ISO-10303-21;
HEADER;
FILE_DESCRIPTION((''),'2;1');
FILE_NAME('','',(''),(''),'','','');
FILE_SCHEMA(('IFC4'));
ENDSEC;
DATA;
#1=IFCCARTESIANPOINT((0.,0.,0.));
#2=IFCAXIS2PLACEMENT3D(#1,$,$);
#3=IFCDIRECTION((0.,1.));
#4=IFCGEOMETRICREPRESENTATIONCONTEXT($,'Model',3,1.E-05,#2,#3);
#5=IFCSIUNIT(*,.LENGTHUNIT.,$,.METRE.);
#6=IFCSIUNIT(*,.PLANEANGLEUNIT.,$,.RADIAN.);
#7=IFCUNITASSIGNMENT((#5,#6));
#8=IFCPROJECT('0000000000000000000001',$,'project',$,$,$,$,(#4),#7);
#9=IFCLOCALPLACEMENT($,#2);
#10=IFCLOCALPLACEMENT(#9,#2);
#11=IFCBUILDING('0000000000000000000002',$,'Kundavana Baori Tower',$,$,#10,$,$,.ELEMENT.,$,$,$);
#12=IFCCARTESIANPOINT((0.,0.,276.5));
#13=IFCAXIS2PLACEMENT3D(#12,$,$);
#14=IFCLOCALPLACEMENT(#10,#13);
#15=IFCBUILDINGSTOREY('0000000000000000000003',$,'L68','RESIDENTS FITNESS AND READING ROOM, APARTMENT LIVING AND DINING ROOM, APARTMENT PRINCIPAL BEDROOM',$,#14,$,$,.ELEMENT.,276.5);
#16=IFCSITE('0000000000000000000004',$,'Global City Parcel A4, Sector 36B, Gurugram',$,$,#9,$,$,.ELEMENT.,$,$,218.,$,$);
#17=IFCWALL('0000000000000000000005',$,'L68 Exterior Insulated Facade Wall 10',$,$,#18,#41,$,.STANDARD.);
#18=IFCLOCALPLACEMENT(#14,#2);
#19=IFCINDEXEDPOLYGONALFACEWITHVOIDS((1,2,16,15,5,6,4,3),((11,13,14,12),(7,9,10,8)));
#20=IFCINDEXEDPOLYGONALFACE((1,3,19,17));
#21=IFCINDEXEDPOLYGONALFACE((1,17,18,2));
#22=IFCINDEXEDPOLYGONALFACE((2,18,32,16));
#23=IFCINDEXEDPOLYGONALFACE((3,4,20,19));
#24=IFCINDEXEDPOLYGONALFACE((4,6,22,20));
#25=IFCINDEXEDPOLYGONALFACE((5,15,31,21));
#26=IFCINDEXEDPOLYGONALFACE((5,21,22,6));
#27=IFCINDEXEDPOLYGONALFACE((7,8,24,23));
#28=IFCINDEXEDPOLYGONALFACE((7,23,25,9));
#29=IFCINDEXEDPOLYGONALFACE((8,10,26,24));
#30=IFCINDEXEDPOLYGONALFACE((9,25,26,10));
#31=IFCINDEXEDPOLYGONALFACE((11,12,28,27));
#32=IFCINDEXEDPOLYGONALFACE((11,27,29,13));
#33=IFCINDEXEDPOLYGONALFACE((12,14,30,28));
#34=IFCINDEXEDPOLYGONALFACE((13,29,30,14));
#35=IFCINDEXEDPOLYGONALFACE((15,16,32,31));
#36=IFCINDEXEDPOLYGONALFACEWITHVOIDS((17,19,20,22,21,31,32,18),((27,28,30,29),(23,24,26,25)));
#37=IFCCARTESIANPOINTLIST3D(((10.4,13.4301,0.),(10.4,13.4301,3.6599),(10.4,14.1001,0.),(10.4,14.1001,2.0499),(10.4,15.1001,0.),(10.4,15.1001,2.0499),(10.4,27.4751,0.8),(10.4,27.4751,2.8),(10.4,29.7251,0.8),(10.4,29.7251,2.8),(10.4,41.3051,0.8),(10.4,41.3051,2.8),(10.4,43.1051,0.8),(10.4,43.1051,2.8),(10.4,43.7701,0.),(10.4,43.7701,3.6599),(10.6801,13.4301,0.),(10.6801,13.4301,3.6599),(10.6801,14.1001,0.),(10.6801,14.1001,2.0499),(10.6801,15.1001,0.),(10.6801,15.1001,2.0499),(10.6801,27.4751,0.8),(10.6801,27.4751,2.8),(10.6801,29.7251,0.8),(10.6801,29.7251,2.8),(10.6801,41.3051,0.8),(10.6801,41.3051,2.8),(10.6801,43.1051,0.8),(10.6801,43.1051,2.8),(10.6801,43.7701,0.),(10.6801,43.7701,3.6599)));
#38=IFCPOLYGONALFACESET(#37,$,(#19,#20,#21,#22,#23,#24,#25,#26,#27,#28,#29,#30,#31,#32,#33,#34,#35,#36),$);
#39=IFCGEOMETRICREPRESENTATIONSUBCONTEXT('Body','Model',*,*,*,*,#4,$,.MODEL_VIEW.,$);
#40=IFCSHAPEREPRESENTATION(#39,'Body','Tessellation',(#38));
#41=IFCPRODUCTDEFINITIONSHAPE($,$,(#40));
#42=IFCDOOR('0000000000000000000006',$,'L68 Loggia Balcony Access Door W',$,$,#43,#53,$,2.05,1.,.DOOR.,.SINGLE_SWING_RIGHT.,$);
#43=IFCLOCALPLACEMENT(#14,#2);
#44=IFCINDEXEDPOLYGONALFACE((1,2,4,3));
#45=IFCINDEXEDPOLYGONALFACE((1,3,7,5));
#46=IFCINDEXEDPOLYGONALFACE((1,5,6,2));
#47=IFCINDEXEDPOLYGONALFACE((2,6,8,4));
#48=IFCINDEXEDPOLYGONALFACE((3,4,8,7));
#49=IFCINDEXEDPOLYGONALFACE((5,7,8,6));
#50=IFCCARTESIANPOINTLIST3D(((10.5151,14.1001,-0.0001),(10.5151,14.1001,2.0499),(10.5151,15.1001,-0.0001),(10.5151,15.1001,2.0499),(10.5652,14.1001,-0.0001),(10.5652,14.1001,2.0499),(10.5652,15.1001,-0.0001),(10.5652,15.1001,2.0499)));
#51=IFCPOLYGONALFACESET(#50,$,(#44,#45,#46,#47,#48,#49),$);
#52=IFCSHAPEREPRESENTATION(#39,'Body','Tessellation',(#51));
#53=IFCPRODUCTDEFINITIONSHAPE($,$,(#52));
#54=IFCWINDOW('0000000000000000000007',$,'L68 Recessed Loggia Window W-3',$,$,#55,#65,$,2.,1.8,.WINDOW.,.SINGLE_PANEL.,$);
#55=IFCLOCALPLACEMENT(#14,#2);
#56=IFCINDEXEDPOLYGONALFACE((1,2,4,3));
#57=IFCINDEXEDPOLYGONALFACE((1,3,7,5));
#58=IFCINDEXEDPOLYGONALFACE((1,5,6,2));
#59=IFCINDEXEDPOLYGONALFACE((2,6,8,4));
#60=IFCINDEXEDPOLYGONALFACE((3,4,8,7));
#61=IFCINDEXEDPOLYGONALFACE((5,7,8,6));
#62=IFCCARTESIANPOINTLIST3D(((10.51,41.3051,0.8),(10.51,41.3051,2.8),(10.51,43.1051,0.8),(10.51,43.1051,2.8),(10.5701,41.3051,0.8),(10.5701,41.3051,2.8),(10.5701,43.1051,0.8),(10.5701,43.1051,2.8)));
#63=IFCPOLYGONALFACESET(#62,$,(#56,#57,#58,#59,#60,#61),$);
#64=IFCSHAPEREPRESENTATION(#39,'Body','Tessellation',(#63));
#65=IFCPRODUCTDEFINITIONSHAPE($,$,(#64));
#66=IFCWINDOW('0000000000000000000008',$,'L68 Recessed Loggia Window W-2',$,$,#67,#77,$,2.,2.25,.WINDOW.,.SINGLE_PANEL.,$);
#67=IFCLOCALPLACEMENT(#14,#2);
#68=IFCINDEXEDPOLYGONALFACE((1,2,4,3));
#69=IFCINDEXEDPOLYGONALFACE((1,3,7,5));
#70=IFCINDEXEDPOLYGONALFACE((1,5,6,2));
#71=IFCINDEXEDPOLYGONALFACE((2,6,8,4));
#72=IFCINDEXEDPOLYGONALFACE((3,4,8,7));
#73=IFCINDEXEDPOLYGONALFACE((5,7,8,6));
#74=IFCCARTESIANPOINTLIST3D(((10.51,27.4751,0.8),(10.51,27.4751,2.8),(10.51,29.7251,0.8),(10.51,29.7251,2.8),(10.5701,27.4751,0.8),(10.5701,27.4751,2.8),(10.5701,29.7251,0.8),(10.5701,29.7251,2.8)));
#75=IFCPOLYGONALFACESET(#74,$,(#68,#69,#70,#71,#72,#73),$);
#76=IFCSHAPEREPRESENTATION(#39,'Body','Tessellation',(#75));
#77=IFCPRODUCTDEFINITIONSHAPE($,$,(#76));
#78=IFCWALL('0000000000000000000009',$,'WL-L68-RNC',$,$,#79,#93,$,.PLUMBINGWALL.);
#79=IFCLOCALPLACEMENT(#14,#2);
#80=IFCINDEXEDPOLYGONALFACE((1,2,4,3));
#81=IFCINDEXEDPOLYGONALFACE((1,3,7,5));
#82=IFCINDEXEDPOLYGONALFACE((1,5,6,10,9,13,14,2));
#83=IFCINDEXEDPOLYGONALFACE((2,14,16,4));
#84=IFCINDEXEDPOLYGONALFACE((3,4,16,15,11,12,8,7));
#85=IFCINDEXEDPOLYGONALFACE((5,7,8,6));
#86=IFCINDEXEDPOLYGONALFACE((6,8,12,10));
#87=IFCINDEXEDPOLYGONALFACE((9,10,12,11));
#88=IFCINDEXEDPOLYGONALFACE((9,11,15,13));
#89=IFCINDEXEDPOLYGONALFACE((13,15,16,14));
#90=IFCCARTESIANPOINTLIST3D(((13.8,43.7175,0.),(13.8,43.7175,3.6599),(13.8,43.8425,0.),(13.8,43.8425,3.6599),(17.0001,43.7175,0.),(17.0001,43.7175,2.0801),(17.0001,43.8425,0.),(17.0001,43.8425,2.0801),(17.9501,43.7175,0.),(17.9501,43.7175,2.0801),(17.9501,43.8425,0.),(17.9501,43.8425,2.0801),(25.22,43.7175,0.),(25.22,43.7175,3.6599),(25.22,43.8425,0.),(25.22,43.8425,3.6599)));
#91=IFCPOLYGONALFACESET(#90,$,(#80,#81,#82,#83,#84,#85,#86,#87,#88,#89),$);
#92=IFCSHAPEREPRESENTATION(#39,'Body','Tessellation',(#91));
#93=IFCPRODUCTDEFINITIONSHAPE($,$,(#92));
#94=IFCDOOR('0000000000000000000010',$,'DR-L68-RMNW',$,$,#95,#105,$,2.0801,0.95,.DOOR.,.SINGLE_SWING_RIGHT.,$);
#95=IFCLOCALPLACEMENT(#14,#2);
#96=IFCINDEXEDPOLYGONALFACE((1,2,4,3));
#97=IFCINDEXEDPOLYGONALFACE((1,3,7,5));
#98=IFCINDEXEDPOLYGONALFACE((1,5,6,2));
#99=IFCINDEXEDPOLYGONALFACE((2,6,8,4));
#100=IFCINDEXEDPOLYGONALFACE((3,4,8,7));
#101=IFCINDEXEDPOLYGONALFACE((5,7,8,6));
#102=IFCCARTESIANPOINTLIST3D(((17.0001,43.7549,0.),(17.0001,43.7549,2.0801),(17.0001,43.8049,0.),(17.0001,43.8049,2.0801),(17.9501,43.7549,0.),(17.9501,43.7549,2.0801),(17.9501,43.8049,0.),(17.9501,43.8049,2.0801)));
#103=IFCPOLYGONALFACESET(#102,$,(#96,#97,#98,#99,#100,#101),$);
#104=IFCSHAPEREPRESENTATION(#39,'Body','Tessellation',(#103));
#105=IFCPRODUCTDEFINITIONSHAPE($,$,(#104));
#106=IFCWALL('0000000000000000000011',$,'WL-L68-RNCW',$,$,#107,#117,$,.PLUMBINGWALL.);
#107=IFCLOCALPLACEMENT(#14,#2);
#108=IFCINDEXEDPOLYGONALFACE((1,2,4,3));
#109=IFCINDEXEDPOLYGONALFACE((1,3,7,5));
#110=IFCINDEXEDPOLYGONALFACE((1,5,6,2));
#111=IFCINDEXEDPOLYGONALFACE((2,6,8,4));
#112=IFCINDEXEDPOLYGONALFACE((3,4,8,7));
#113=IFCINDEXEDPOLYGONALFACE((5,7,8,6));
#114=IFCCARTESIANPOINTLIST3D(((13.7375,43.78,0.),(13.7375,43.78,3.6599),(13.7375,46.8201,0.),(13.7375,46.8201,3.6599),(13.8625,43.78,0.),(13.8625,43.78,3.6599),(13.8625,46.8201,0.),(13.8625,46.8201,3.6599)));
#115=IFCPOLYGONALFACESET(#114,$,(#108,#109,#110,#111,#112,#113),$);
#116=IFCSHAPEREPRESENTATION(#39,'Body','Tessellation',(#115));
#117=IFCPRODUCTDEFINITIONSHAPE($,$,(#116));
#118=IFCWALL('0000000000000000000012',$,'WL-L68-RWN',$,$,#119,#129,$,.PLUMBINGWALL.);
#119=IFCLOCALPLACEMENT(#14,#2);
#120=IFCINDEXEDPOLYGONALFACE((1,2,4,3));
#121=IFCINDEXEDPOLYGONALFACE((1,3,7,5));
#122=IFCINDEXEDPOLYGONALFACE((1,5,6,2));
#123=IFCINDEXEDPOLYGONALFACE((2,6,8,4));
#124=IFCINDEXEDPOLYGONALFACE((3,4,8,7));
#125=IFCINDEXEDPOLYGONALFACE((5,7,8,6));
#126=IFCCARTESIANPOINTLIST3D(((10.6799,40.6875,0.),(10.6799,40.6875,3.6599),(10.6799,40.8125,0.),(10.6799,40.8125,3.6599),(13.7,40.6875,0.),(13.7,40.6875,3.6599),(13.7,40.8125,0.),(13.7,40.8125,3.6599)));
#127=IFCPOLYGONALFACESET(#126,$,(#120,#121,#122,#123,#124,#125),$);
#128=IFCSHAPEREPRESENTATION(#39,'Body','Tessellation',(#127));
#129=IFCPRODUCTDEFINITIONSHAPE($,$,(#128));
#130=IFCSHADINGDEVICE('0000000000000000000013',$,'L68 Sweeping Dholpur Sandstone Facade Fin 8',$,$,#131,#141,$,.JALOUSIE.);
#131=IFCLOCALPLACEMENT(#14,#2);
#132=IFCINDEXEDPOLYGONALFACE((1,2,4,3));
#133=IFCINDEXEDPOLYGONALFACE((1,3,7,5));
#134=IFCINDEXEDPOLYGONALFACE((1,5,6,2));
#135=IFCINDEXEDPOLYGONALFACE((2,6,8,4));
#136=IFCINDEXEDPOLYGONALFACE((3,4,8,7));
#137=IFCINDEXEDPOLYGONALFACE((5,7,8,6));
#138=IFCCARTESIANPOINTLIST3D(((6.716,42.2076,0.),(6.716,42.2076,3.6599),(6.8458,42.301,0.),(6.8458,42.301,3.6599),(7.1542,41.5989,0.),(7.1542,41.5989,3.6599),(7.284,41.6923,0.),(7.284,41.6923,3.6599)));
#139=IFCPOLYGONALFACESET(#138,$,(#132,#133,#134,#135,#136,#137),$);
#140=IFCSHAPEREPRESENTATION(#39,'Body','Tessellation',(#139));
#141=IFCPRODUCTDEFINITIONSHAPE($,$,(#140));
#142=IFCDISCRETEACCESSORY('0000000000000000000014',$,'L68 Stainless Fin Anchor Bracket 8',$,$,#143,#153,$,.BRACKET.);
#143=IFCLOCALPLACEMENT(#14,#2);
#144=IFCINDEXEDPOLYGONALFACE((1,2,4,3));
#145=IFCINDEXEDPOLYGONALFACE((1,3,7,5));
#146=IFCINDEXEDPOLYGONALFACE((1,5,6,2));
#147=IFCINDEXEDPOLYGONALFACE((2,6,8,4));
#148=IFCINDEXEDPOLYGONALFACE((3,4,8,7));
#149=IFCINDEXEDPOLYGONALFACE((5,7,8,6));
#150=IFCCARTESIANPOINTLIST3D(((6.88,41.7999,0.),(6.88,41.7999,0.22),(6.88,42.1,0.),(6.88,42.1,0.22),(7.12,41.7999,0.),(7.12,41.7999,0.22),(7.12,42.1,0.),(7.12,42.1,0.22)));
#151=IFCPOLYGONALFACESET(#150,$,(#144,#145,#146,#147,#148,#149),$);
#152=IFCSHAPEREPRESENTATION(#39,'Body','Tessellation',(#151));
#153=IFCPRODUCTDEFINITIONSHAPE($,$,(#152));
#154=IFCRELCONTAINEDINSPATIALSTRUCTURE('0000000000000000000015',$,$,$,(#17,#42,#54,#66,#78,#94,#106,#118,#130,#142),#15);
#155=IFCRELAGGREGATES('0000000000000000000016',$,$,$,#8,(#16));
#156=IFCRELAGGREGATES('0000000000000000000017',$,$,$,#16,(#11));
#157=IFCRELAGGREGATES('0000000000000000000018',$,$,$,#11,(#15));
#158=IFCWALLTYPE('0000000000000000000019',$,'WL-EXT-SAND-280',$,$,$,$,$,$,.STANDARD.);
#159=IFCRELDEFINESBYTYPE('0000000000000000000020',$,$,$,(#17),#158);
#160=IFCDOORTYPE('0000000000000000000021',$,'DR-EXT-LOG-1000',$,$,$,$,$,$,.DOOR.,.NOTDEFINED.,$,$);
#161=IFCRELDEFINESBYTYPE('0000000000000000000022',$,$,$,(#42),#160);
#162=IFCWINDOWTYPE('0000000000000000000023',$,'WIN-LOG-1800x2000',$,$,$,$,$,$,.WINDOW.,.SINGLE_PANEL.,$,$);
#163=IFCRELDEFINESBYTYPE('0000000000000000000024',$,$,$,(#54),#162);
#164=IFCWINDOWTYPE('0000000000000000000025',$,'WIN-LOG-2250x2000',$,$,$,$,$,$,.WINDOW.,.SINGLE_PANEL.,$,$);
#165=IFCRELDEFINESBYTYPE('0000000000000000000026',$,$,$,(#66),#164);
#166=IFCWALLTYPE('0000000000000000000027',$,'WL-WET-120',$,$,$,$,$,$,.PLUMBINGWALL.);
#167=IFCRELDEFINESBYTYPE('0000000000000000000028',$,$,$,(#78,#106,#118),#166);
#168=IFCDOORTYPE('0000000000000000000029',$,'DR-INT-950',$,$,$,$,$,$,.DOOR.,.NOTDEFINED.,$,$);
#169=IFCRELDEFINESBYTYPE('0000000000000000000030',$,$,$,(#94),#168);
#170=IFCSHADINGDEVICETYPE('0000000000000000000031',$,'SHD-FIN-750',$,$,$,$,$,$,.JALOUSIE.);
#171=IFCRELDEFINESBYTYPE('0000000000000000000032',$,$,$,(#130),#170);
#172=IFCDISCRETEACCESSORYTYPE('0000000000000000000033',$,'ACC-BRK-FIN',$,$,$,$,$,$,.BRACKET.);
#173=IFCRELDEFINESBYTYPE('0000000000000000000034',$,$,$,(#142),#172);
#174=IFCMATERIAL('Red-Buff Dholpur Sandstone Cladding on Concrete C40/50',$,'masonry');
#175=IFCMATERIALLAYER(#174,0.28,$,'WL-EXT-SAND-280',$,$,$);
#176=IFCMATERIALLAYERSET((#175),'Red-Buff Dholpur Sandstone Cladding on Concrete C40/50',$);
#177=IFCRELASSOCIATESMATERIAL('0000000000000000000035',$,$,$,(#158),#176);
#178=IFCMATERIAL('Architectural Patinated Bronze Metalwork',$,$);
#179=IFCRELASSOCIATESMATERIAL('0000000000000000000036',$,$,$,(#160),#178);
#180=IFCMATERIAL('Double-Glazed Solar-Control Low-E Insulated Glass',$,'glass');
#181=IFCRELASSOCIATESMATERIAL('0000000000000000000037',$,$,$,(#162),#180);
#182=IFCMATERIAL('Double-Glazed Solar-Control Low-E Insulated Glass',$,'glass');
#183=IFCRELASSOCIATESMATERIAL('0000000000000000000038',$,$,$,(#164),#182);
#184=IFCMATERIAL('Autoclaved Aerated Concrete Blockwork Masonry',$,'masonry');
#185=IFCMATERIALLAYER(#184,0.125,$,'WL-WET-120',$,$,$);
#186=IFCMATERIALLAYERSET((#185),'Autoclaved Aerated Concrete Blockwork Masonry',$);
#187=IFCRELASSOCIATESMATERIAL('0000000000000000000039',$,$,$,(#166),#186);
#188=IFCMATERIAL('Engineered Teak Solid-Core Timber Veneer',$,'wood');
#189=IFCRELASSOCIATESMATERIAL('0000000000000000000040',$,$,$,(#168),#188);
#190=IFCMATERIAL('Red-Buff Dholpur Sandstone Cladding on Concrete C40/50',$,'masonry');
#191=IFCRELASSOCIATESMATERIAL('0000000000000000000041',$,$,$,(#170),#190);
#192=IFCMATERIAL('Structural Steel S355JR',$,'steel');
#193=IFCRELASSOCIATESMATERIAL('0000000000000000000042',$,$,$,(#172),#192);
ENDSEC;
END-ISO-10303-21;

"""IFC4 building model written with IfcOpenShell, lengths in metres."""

from ifc_helpers import new_model, si_unit, direction, frame, frame_2d, origin, origin_2d, place, context, subcontext, project, spatial, rectangle, extrude, material, layer, layer_set, type_object, element, fill, save


model = new_model("IFC4")

# Units and contexts
model_context = context("Model", 3, precision=1e-05, world=origin(), true_north=direction((0.0, 1.0)))
body_context = subcontext(model_context, "Body", "Model", "MODEL_VIEW")
ifc_project = project(units=[si_unit("LENGTHUNIT", "METRE"), si_unit("PLANEANGLEUNIT", "RADIAN")], contexts=[model_context])

# Site, building, storey
site_placement = place(None, origin())
site = spatial("IfcSite", under=ifc_project, at=site_placement, Name="Global City Parcel A4, Sector 36B, Gurugram", CompositionType="ELEMENT", RefElevation=218.0)
building_placement = place(site_placement, origin())
building = spatial("IfcBuilding", under=site, at=building_placement, Name="Kundavana Baori Tower", CompositionType="ELEMENT")
storey_placement = place(building_placement, frame((0.0, 0.0, 276.5)))
storey = spatial("IfcBuildingStorey", under=building, at=storey_placement, Name="L68", Description="RESIDENTS FITNESS AND READING ROOM, APARTMENT LIVING AND DINING ROOM, APARTMENT PRINCIPAL BEDROOM", CompositionType="ELEMENT", Elevation=276.5)

# Shared definitions
ifc_material_1 = material(Name="Red-Buff Dholpur Sandstone Cladding on Concrete C40/50", Category="masonry")
ifc_layer_1 = layer(ifc_material_1, 0.28, Name="WL-EXT-SAND-280")
ifc_layer_set_1 = layer_set([ifc_layer_1], Name="Red-Buff Dholpur Sandstone Cladding on Concrete C40/50")
wall_type_1 = type_object("IfcWallType", Name="WL-EXT-SAND-280", PredefinedType="STANDARD", material=ifc_layer_set_1)

# Wall, openings, door, windows
wall_1_placement = place(storey_placement, frame((10.54, 43.77, 0.0), z_axis=(0.0, 0.0, 1.0), x_axis=(0.0, -1.0, 0.0)))
wall_1 = element("IfcWall", 1, at=wall_1_placement, inside=storey, type_object=wall_type_1, Name="L68 Exterior Insulated Facade Wall 10", PredefinedType="STANDARD", context=body_context, shape_type="SweptSolid", body=[
    extrude(rectangle(XDim=30.3401, YDim=0.28, at=frame_2d((15.1699, 0.0))), origin(), (0.0, 0.0, 1.0), 3.6599),
])
opening_1_placement = place(wall_1_placement, frame((28.6699, 0.0, 0.0)))
opening_1 = element("IfcOpeningElement", 2, at=opening_1_placement, cuts=wall_1, PredefinedType="OPENING", context=body_context, shape_type="SweptSolid", body=[
    extrude(rectangle(XDim=1.0, YDim=2.05, at=frame_2d((0.5, 1.0249))), frame((0.0, 0.1499, 0.0), z_axis=(0.0, -1.0, 0.0), x_axis=(1.0, 0.0, 0.0)), (0.0, 0.0, 1.0), 0.3),
])
opening_2_placement = place(wall_1_placement, frame((14.0449, 0.0, 0.8)))
opening_2 = element("IfcOpeningElement", 3, at=opening_2_placement, cuts=wall_1, PredefinedType="OPENING", context=body_context, shape_type="SweptSolid", body=[
    extrude(rectangle(XDim=2.25, YDim=2.0, at=frame_2d((1.125, 1.0))), frame((0.0, 0.1499, 0.0), z_axis=(0.0, -1.0, 0.0), x_axis=(1.0, 0.0, 0.0)), (0.0, 0.0, 1.0), 0.3),
])
opening_3_placement = place(wall_1_placement, frame((0.665, 0.0, 0.8)))
opening_3 = element("IfcOpeningElement", 4, at=opening_3_placement, cuts=wall_1, PredefinedType="OPENING", context=body_context, shape_type="SweptSolid", body=[
    extrude(rectangle(XDim=1.8, YDim=2.0, at=frame_2d((0.8999, 1.0))), frame((0.0, 0.1499, 0.0), z_axis=(0.0, -1.0, 0.0), x_axis=(1.0, 0.0, 0.0)), (0.0, 0.0, 1.0), 0.3),
])
ifc_material_2 = material(Name="Architectural Patinated Bronze Metalwork")
door_type_1 = type_object("IfcDoorType", Name="DR-EXT-LOG-1000", OperationType="NOTDEFINED", PredefinedType="DOOR", material=ifc_material_2)
door_1_placement = place(opening_1_placement, frame((1.0, 0.0, 0.0), z_axis=(0.0, 0.0, 1.0), x_axis=(-1.0, 0.0, 0.0)))
door_1 = element("IfcDoor", 5, at=door_1_placement, inside=storey, type_object=door_type_1, Name="L68 Loggia Balcony Access Door W", OperationType="SINGLE_SWING_RIGHT", OverallHeight=2.05, OverallWidth=1.0, PredefinedType="DOOR", context=body_context, shape_type="SweptSolid", body=[
    extrude(rectangle(XDim=1.0, YDim=2.05, at=frame_2d((0.5, 1.0249))), frame((0.0, 0.0249, 0.0), z_axis=(0.0, -1.0, 0.0), x_axis=(1.0, 0.0, 0.0)), (0.0, 0.0, 1.0), 0.05),
])
fill(opening_1, door_1)
ifc_material_3 = material(Name="Double-Glazed Solar-Control Low-E Insulated Glass", Category="glass")
window_type_1 = type_object("IfcWindowType", Name="WIN-LOG-1800x2000", PartitioningType="SINGLE_PANEL", PredefinedType="WINDOW", material=ifc_material_3)
window_1_placement = place(opening_3_placement, origin())
window_1 = element("IfcWindow", 6, at=window_1_placement, inside=storey, type_object=window_type_1, Name="L68 Recessed Loggia Window W-3", OverallHeight=2.0, OverallWidth=1.8, PartitioningType="SINGLE_PANEL", PredefinedType="WINDOW", context=body_context, shape_type="SweptSolid", body=[
    extrude(rectangle(XDim=1.8, YDim=2.0, at=frame_2d((0.8999, 1.0))), frame((0.0, 0.03, 0.0), z_axis=(0.0, -1.0, 0.0), x_axis=(1.0, 0.0, 0.0)), (0.0, 0.0, 1.0), 0.0601),
])
fill(opening_3, window_1)
ifc_material_4 = material(Name="Double-Glazed Solar-Control Low-E Insulated Glass", Category="glass")
window_type_2 = type_object("IfcWindowType", Name="WIN-LOG-2250x2000", PartitioningType="SINGLE_PANEL", PredefinedType="WINDOW", material=ifc_material_4)
window_2_placement = place(opening_2_placement, origin())
window_2 = element("IfcWindow", 7, at=window_2_placement, inside=storey, type_object=window_type_2, Name="L68 Recessed Loggia Window W-2", OverallHeight=2.0, OverallWidth=2.25, PartitioningType="SINGLE_PANEL", PredefinedType="WINDOW", context=body_context, shape_type="SweptSolid", body=[
    extrude(rectangle(XDim=2.25, YDim=2.0, at=frame_2d((1.125, 1.0))), frame((0.0, 0.03, 0.0), z_axis=(0.0, -1.0, 0.0), x_axis=(1.0, 0.0, 0.0)), (0.0, 0.0, 1.0), 0.0601),
])
fill(opening_2, window_2)

# Wall, opening, door
ifc_material_5 = material(Name="Autoclaved Aerated Concrete Blockwork Masonry", Category="masonry")
ifc_layer_2 = layer(ifc_material_5, 0.125, Name="WL-WET-120")
ifc_layer_set_2 = layer_set([ifc_layer_2], Name="Autoclaved Aerated Concrete Blockwork Masonry")
wall_type_2 = type_object("IfcWallType", Name="WL-WET-120", PredefinedType="PLUMBINGWALL", material=ifc_layer_set_2)
wall_2_placement = place(storey_placement, frame((13.8, 43.78, 0.0), z_axis=(0.0, 0.0, 1.0), x_axis=(1.0, 0.0, 0.0)))
wall_2 = element("IfcWall", 8, at=wall_2_placement, inside=storey, type_object=wall_type_2, Name="WL-L68-RNC", PredefinedType="PLUMBINGWALL", context=body_context, shape_type="SweptSolid", body=[
    extrude(rectangle(XDim=11.4199, YDim=0.125, at=frame_2d((5.71, 0.0))), origin(), (0.0, 0.0, 1.0), 3.6599),
])
opening_4_placement = place(wall_2_placement, frame((3.2, 0.0, 0.0)))
opening_4 = element("IfcOpeningElement", 9, at=opening_4_placement, cuts=wall_2, PredefinedType="OPENING", context=body_context, shape_type="SweptSolid", body=[
    extrude(rectangle(XDim=0.95, YDim=2.0801, at=frame_2d((0.4751, 1.04))), frame((0.0, 0.0725, 0.0), z_axis=(0.0, -1.0, 0.0), x_axis=(1.0, 0.0, 0.0)), (0.0, 0.0, 1.0), 0.145),
])
ifc_material_6 = material(Name="Engineered Teak Solid-Core Timber Veneer", Category="wood")
door_type_2 = type_object("IfcDoorType", Name="DR-INT-950", OperationType="NOTDEFINED", PredefinedType="DOOR", material=ifc_material_6)
door_2_placement = place(opening_4_placement, origin())
door_2 = element("IfcDoor", 10, at=door_2_placement, inside=storey, type_object=door_type_2, Name="DR-L68-RMNW", OperationType="SINGLE_SWING_RIGHT", OverallHeight=2.0801, OverallWidth=0.95, PredefinedType="DOOR", context=body_context, shape_type="SweptSolid", body=[
    extrude(rectangle(XDim=0.95, YDim=2.0801, at=frame_2d((0.4751, 1.04))), frame((0.0, 0.0249, 0.0), z_axis=(0.0, -1.0, 0.0), x_axis=(1.0, 0.0, 0.0)), (0.0, 0.0, 1.0), 0.05),
])
fill(opening_4, door_2)

# Walls
wall_3_placement = place(storey_placement, frame((13.8, 43.78, 0.0), z_axis=(0.0, 0.0, 1.0), x_axis=(0.0, 1.0, 0.0)))
element("IfcWall", 11, at=wall_3_placement, inside=storey, type_object=wall_type_2, Name="WL-L68-RNCW", PredefinedType="PLUMBINGWALL", context=body_context, shape_type="SweptSolid", body=[
    extrude(rectangle(XDim=3.04, YDim=0.125, at=frame_2d((1.52, 0.0))), origin(), (0.0, 0.0, 1.0), 3.6599),
])
wall_4_placement = place(storey_placement, frame((10.6799, 40.75, 0.0), z_axis=(0.0, 0.0, 1.0), x_axis=(1.0, 0.0, 0.0)))
element("IfcWall", 12, at=wall_4_placement, inside=storey, type_object=wall_type_2, Name="WL-L68-RWN", PredefinedType="PLUMBINGWALL", context=body_context, shape_type="SweptSolid", body=[
    extrude(rectangle(XDim=3.02, YDim=0.125, at=frame_2d((1.51, 0.0))), origin(), (0.0, 0.0, 1.0), 3.6599),
])

# Shading device
ifc_material_7 = material(Name="Red-Buff Dholpur Sandstone Cladding on Concrete C40/50", Category="masonry")
shading_device_type = type_object("IfcShadingDeviceType", Name="SHD-FIN-750", PredefinedType="JALOUSIE", material=ifc_material_7)
shading_device_placement = place(storey_placement, frame((7.0, 41.95, 0.0), z_axis=(0.0, 0.0, 1.0), x_axis=(0.811574, 0.58425, 0.0)))
element("IfcShadingDevice", 13, at=shading_device_placement, inside=storey, type_object=shading_device_type, Name="L68 Sweeping Dholpur Sandstone Facade Fin 8", PredefinedType="JALOUSIE", context=body_context, shape_type="SweptSolid", body=[
    extrude(rectangle(XDim=0.1599, YDim=0.75, at=origin_2d()), origin(), (0.0, 0.0, 1.0), 3.6599),
])

# Discrete accessory
ifc_material_8 = material(Name="Structural Steel S355JR", Category="steel")
discrete_accessory_type = type_object("IfcDiscreteAccessoryType", Name="ACC-BRK-FIN", PredefinedType="BRACKET", material=ifc_material_8)
discrete_accessory_placement = place(storey_placement, frame((7.0, 41.95, 0.0), z_axis=(0.0, 0.0, 1.0), x_axis=(1.0, 0.0, 0.0)))
element("IfcDiscreteAccessory", 14, at=discrete_accessory_placement, inside=storey, type_object=discrete_accessory_type, Name="L68 Stainless Fin Anchor Bracket 8", PredefinedType="BRACKET", context=body_context, shape_type="SweptSolid", body=[
    extrude(rectangle(XDim=0.24, YDim=0.3, at=origin_2d()), origin(), (0.0, 0.0, 1.0), 0.22),
])

save(model, "model.ifc")
